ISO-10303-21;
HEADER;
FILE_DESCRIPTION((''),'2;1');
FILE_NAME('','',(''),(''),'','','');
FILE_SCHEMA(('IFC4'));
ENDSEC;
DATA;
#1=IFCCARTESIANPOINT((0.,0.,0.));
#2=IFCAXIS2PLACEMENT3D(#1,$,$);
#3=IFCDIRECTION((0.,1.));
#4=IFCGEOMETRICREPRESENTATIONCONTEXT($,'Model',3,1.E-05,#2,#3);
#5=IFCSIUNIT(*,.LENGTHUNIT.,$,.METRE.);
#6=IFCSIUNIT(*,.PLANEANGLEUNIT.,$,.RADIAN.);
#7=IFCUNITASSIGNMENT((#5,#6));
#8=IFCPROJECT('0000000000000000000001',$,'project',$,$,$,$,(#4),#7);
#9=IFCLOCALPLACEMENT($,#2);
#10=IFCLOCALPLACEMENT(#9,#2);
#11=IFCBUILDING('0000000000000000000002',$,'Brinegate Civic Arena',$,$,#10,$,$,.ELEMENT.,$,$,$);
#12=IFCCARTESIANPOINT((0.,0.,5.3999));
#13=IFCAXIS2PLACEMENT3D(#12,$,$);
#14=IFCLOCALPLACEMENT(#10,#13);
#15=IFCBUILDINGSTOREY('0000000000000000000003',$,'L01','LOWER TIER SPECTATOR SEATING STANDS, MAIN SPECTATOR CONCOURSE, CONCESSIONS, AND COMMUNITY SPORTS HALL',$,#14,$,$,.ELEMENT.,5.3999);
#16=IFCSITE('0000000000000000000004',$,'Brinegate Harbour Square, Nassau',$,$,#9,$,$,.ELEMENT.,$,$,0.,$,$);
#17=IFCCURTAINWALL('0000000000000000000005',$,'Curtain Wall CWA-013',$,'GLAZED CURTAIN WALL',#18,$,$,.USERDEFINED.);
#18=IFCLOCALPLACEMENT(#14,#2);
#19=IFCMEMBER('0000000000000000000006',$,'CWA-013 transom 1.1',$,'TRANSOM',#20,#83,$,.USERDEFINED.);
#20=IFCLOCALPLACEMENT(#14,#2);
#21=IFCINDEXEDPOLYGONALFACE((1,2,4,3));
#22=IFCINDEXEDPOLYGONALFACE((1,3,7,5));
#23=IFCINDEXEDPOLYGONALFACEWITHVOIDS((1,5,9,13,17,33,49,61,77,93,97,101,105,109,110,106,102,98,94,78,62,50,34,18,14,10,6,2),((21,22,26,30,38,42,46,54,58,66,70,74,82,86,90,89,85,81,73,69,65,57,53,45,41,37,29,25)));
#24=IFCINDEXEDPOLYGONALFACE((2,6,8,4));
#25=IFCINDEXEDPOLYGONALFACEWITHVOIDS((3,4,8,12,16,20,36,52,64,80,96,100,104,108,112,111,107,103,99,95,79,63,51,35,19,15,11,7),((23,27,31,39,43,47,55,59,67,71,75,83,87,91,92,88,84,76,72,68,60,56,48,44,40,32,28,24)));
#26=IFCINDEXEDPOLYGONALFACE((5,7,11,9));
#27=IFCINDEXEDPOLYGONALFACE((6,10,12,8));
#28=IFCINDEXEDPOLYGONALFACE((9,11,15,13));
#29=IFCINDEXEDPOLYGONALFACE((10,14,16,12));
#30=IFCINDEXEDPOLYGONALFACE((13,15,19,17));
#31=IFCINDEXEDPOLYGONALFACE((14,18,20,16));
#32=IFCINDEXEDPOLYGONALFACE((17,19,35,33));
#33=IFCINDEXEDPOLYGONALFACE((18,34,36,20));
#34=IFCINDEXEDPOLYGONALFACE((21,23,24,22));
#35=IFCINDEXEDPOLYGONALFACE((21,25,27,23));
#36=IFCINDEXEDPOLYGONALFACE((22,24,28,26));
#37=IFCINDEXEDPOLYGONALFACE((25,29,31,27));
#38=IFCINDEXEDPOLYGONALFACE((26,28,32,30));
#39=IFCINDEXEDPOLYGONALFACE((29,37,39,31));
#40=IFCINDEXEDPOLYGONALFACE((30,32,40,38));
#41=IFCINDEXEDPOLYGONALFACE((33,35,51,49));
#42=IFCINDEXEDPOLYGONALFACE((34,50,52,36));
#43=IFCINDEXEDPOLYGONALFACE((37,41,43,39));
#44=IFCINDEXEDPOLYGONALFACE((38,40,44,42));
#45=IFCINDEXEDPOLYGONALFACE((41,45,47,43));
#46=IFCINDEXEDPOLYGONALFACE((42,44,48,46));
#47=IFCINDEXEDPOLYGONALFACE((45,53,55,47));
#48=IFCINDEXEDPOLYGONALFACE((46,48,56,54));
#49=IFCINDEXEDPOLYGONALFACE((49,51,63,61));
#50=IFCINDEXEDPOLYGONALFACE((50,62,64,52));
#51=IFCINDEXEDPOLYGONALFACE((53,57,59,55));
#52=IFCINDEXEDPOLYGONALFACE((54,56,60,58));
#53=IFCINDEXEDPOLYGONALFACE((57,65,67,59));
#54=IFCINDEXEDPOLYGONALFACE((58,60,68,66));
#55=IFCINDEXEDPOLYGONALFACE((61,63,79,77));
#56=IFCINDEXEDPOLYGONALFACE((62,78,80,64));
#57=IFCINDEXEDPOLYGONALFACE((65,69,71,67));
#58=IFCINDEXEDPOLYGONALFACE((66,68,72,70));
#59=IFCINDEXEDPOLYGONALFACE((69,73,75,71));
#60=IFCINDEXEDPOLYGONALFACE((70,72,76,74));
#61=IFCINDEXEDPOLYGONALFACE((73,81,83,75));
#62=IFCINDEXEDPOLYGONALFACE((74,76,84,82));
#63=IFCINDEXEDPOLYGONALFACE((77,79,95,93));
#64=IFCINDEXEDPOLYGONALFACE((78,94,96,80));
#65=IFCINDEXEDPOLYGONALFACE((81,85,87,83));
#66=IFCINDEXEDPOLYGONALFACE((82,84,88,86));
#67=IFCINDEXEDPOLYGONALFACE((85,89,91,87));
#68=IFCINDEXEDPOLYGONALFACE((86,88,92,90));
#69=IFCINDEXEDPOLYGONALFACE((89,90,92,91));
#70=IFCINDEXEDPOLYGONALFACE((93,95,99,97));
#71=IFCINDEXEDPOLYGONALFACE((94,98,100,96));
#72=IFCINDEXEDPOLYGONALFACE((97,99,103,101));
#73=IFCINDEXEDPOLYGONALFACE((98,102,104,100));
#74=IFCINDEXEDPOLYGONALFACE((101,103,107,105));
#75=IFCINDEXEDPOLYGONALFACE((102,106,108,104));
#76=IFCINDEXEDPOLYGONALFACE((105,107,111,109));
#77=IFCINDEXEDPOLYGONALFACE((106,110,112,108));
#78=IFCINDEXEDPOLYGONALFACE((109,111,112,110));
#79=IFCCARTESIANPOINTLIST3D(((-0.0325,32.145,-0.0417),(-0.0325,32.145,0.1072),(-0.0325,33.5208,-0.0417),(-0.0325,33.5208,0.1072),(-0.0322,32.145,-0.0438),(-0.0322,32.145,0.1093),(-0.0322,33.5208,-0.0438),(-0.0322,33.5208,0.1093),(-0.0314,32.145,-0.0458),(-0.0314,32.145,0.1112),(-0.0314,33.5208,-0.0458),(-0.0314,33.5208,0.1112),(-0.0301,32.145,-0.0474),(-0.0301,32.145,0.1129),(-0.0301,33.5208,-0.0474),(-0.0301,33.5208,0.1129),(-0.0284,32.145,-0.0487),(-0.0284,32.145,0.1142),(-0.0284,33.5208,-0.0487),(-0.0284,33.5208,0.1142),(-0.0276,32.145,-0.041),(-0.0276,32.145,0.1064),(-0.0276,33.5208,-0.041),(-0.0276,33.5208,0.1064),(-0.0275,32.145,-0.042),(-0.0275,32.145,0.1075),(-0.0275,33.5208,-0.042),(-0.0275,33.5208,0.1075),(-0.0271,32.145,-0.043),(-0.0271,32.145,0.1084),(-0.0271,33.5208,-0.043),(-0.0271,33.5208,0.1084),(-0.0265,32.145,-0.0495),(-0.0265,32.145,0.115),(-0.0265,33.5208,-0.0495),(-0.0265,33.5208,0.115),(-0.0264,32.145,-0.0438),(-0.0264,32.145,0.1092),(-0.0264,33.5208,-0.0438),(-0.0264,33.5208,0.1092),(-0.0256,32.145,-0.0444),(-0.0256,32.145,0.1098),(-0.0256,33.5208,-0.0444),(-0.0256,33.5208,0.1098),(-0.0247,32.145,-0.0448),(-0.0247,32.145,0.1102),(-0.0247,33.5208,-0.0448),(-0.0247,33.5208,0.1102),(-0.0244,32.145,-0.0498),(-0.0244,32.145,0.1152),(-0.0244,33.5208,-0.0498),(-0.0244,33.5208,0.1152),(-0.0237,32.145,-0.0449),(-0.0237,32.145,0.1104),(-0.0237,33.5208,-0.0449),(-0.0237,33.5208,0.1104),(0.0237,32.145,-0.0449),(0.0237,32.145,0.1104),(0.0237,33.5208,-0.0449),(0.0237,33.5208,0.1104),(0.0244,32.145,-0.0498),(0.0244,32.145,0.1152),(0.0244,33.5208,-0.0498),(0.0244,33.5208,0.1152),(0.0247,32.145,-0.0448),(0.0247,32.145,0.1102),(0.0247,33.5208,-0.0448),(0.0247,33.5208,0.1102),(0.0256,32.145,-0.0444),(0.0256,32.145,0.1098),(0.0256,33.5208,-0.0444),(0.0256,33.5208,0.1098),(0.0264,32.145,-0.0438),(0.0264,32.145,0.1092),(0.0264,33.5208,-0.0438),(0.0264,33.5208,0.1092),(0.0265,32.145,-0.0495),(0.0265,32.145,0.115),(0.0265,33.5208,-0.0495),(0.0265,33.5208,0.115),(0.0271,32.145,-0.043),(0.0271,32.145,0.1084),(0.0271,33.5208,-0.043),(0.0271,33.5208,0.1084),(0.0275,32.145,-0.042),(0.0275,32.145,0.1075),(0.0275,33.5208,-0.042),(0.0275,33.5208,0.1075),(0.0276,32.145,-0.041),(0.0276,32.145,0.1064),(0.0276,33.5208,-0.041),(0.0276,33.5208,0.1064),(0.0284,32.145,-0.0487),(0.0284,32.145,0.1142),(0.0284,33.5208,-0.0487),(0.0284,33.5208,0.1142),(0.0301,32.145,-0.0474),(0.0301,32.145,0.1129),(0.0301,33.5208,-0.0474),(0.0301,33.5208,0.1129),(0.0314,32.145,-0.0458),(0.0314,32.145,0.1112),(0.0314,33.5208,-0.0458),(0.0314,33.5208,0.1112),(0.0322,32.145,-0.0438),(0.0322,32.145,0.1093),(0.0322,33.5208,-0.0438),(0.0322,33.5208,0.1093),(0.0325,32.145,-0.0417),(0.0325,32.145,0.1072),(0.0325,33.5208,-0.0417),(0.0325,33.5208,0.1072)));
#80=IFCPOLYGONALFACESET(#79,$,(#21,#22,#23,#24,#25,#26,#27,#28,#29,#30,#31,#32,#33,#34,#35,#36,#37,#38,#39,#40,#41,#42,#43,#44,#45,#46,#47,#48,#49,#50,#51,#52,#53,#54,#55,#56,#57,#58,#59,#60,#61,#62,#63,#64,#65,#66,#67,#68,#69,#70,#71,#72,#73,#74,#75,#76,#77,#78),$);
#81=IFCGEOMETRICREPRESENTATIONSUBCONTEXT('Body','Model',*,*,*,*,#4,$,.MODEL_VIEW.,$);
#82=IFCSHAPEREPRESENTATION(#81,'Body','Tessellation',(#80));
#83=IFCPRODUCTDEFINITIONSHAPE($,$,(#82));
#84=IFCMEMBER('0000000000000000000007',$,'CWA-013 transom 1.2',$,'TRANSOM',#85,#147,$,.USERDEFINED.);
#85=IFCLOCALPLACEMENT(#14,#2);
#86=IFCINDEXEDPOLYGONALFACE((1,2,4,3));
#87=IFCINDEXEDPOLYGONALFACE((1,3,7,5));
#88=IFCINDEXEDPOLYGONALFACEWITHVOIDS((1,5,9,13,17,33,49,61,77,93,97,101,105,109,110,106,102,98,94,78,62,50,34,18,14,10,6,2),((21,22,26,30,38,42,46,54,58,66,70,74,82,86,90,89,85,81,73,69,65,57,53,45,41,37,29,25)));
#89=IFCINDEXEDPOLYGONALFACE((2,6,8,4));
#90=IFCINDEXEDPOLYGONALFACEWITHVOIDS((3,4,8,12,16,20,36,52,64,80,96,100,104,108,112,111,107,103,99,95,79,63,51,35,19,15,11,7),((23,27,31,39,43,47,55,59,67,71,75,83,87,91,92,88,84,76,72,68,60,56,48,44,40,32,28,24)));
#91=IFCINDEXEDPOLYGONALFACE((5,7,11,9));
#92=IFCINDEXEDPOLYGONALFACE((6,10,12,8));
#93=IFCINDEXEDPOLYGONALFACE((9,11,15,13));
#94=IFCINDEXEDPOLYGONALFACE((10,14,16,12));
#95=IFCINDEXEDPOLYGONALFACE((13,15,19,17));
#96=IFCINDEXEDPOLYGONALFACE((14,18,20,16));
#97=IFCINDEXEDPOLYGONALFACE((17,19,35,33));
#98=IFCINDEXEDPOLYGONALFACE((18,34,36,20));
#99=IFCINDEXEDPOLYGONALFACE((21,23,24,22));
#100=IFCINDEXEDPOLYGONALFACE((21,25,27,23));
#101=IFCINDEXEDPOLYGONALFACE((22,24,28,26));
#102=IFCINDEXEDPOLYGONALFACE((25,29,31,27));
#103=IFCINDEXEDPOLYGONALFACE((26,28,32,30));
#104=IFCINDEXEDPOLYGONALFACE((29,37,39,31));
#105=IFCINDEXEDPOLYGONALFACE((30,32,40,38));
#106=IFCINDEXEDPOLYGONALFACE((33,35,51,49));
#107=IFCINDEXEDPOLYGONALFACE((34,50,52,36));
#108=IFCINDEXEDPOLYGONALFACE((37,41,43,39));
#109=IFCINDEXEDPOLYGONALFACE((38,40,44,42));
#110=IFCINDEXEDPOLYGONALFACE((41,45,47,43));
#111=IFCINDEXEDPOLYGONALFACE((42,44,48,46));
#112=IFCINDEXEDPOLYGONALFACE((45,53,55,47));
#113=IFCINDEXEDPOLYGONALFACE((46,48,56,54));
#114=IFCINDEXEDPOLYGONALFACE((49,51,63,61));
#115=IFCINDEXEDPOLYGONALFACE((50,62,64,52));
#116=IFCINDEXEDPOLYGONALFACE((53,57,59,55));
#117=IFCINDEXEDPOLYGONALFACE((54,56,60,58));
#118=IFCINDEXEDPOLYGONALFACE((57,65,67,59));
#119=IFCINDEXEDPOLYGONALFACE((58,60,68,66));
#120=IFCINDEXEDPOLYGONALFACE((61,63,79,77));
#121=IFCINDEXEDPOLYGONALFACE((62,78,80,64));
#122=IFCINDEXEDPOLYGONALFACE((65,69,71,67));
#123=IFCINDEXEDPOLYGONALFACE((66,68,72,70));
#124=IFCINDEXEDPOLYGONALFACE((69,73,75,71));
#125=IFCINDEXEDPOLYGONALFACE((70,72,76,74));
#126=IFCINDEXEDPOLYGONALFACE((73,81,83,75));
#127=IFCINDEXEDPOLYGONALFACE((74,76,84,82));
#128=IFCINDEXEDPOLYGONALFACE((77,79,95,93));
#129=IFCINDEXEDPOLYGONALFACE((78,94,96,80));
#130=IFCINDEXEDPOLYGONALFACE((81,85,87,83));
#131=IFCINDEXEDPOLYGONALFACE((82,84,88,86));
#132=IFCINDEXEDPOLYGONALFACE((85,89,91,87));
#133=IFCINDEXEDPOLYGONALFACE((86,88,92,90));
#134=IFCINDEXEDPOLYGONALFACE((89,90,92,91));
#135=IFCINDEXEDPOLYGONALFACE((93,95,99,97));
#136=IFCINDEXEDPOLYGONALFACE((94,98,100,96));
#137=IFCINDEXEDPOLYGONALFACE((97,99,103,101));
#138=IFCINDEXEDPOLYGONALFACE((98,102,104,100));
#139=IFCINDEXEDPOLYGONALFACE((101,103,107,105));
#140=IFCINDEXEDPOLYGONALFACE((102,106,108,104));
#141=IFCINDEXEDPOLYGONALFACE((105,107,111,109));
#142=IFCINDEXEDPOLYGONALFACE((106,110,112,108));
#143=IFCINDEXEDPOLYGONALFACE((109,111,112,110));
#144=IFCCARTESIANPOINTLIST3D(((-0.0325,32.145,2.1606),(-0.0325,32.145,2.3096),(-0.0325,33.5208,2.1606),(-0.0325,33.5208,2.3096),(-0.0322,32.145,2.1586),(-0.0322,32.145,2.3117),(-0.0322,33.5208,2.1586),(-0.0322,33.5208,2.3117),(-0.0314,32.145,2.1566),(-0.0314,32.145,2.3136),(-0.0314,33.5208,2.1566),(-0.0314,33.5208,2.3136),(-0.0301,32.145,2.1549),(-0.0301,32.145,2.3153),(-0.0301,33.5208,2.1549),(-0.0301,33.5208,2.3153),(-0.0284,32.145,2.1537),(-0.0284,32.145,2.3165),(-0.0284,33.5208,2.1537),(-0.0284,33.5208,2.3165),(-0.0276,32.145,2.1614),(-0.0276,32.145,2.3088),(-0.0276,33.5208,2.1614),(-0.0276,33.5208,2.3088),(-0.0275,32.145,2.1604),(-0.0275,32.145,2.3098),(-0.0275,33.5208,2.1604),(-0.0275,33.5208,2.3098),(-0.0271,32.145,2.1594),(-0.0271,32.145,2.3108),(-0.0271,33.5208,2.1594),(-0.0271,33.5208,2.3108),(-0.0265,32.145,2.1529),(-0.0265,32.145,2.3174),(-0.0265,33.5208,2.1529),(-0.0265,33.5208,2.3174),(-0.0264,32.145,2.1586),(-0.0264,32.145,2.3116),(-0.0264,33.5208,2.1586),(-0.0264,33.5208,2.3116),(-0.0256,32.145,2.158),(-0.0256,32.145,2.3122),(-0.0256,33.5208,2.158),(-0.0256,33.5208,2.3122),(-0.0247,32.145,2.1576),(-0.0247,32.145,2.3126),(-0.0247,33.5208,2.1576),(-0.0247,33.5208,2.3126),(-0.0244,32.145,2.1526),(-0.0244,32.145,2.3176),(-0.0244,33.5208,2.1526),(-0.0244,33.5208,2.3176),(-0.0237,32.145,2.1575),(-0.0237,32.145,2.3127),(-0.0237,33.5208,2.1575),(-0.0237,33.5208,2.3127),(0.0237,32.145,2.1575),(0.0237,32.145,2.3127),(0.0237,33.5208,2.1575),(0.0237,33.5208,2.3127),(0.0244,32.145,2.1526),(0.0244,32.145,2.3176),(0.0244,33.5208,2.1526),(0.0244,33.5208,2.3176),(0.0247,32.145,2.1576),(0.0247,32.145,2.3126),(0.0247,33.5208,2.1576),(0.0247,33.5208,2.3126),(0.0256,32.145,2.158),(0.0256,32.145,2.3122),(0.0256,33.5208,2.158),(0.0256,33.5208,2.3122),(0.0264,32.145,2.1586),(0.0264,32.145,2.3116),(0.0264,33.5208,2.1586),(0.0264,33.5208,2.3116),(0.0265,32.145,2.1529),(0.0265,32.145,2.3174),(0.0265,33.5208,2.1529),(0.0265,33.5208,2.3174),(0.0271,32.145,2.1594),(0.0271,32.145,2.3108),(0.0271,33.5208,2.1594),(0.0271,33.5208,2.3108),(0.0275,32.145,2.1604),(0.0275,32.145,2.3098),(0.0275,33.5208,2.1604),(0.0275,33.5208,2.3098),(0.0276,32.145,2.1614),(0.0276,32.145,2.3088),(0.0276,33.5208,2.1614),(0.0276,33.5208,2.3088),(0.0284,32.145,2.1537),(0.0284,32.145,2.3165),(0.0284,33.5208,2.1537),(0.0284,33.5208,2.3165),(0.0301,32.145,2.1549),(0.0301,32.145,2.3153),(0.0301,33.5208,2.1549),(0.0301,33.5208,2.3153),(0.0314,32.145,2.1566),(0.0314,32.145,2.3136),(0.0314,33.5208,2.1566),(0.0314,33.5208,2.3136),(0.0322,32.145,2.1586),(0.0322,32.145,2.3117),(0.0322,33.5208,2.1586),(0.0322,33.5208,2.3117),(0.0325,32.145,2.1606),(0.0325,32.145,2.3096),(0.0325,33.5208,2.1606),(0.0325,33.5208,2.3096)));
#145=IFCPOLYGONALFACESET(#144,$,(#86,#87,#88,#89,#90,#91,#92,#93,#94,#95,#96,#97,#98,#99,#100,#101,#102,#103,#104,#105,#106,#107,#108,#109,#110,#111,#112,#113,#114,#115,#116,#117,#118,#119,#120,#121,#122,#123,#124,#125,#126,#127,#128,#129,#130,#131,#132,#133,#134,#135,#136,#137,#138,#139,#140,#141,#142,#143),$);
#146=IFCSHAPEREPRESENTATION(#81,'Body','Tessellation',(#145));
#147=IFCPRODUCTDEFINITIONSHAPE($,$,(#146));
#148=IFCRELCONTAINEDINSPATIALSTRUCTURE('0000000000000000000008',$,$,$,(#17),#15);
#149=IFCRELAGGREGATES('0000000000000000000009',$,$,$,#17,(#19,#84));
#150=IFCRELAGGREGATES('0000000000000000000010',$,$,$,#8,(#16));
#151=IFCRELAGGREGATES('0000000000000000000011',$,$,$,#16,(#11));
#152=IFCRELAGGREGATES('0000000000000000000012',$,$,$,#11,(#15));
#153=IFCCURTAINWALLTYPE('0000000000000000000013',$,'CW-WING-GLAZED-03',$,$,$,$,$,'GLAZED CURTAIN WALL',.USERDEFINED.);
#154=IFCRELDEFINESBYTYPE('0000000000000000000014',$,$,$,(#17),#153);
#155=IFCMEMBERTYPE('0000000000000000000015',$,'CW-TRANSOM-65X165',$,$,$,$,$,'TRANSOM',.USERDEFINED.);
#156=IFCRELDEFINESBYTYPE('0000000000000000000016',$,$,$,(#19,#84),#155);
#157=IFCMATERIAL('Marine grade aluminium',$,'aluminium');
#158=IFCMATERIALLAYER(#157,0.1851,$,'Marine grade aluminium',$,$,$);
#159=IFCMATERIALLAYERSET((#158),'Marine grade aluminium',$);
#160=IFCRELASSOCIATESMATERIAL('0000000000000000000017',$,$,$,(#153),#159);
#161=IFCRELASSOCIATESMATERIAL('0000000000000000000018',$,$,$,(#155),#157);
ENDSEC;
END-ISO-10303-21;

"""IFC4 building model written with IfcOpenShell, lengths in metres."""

from ifc_helpers import new_model, si_unit, direction, frame, origin, origin_2d, place, context, subcontext, project, spatial, hollow_rectangle, extrude, material, layer, layer_set, material_profile, profile_set, type_object, element, aggregate, save


model = new_model("IFC4")

# Units and contexts
model_context = context("Model", 3, precision=1e-05, world=origin(), true_north=direction((0.0, 1.0)))
body_context = subcontext(model_context, "Body", "Model", "MODEL_VIEW")
ifc_project = project(units=[si_unit("LENGTHUNIT", "METRE"), si_unit("PLANEANGLEUNIT", "RADIAN")], contexts=[model_context])

# Site, building, storey
site_placement = place(None, origin())
site = spatial("IfcSite", under=ifc_project, at=site_placement, Name="Brinegate Harbour Square, Nassau", CompositionType="ELEMENT", RefElevation=0.0)
building_placement = place(site_placement, origin())
building = spatial("IfcBuilding", under=site, at=building_placement, Name="Brinegate Civic Arena", CompositionType="ELEMENT")
storey_placement = place(building_placement, frame((0.0, 0.0, 5.3999)))
storey = spatial("IfcBuildingStorey", under=building, at=storey_placement, Name="L01", Description="LOWER TIER SPECTATOR SEATING STANDS, MAIN SPECTATOR CONCOURSE, CONCESSIONS, AND COMMUNITY SPORTS HALL", CompositionType="ELEMENT", Elevation=5.3999)

# Shared definitions
ifc_material_1 = material(Name="Marine grade aluminium", Category="aluminium")
ifc_layer_1 = layer(ifc_material_1, 0.1851, Name="Marine grade aluminium")
ifc_layer_set_1 = layer_set([ifc_layer_1], Name="Marine grade aluminium")
curtain_wall_type = type_object("IfcCurtainWallType", Name="CW-WING-GLAZED-03", ElementType="GLAZED CURTAIN WALL", PredefinedType="USERDEFINED", material=ifc_layer_set_1)

# Curtain wall
curtain_wall_1_placement = place(storey_placement, origin())
curtain_wall_1 = element("IfcCurtainWall", 1, at=curtain_wall_1_placement, inside=storey, type_object=curtain_wall_type, Name="Curtain Wall CWA-013", ObjectType="GLAZED CURTAIN WALL", PredefinedType="USERDEFINED")

# Members
ifc_material_profile_1 = material_profile(ifc_material_1, hollow_rectangle(XDim=0.0649, YDim=0.165, WallThickness=0.0049, InnerFilletRadius=0.0039, OuterFilletRadius=0.0081, at=origin_2d()), Name="TRN65X165")
ifc_profile_set_1 = profile_set([ifc_material_profile_1], Name="Marine grade aluminium")
member_type_1 = type_object("IfcMemberType", Name="CW-TRANSOM-65X165", ElementType="TRANSOM", PredefinedType="USERDEFINED", material=ifc_profile_set_1)
member_1_placement = place(storey_placement, frame((0.0, 32.145, 0.0327), z_axis=(0.0, 1.0, 0.0), x_axis=(-1.0, 0.0, 0.0)))
member_1 = element("IfcMember", 2, at=member_1_placement, type_object=member_type_1, Name="CWA-013 transom 1.1", ObjectType="TRANSOM", PredefinedType="USERDEFINED", context=body_context, shape_type="SweptSolid", body=[
    extrude(hollow_rectangle(XDim=0.0649, YDim=0.165, WallThickness=0.0049, InnerFilletRadius=0.0039, OuterFilletRadius=0.0081, at=origin_2d()), origin(), (0.0, 0.0, 1.0), 1.3757),
])
member_2_placement = place(storey_placement, frame((0.0, 32.145, 2.2351), z_axis=(0.0, 1.0, 0.0), x_axis=(-1.0, 0.0, 0.0)))
member_2 = element("IfcMember", 3, at=member_2_placement, type_object=member_type_1, Name="CWA-013 transom 1.2", ObjectType="TRANSOM", PredefinedType="USERDEFINED", context=body_context, shape_type="SweptSolid", body=[
    extrude(hollow_rectangle(XDim=0.0649, YDim=0.165, WallThickness=0.0049, InnerFilletRadius=0.0039, OuterFilletRadius=0.0081, at=origin_2d()), origin(), (0.0, 0.0, 1.0), 1.3757),
])
aggregate(curtain_wall_1, [member_1, member_2])

save(model, "model.ifc")
